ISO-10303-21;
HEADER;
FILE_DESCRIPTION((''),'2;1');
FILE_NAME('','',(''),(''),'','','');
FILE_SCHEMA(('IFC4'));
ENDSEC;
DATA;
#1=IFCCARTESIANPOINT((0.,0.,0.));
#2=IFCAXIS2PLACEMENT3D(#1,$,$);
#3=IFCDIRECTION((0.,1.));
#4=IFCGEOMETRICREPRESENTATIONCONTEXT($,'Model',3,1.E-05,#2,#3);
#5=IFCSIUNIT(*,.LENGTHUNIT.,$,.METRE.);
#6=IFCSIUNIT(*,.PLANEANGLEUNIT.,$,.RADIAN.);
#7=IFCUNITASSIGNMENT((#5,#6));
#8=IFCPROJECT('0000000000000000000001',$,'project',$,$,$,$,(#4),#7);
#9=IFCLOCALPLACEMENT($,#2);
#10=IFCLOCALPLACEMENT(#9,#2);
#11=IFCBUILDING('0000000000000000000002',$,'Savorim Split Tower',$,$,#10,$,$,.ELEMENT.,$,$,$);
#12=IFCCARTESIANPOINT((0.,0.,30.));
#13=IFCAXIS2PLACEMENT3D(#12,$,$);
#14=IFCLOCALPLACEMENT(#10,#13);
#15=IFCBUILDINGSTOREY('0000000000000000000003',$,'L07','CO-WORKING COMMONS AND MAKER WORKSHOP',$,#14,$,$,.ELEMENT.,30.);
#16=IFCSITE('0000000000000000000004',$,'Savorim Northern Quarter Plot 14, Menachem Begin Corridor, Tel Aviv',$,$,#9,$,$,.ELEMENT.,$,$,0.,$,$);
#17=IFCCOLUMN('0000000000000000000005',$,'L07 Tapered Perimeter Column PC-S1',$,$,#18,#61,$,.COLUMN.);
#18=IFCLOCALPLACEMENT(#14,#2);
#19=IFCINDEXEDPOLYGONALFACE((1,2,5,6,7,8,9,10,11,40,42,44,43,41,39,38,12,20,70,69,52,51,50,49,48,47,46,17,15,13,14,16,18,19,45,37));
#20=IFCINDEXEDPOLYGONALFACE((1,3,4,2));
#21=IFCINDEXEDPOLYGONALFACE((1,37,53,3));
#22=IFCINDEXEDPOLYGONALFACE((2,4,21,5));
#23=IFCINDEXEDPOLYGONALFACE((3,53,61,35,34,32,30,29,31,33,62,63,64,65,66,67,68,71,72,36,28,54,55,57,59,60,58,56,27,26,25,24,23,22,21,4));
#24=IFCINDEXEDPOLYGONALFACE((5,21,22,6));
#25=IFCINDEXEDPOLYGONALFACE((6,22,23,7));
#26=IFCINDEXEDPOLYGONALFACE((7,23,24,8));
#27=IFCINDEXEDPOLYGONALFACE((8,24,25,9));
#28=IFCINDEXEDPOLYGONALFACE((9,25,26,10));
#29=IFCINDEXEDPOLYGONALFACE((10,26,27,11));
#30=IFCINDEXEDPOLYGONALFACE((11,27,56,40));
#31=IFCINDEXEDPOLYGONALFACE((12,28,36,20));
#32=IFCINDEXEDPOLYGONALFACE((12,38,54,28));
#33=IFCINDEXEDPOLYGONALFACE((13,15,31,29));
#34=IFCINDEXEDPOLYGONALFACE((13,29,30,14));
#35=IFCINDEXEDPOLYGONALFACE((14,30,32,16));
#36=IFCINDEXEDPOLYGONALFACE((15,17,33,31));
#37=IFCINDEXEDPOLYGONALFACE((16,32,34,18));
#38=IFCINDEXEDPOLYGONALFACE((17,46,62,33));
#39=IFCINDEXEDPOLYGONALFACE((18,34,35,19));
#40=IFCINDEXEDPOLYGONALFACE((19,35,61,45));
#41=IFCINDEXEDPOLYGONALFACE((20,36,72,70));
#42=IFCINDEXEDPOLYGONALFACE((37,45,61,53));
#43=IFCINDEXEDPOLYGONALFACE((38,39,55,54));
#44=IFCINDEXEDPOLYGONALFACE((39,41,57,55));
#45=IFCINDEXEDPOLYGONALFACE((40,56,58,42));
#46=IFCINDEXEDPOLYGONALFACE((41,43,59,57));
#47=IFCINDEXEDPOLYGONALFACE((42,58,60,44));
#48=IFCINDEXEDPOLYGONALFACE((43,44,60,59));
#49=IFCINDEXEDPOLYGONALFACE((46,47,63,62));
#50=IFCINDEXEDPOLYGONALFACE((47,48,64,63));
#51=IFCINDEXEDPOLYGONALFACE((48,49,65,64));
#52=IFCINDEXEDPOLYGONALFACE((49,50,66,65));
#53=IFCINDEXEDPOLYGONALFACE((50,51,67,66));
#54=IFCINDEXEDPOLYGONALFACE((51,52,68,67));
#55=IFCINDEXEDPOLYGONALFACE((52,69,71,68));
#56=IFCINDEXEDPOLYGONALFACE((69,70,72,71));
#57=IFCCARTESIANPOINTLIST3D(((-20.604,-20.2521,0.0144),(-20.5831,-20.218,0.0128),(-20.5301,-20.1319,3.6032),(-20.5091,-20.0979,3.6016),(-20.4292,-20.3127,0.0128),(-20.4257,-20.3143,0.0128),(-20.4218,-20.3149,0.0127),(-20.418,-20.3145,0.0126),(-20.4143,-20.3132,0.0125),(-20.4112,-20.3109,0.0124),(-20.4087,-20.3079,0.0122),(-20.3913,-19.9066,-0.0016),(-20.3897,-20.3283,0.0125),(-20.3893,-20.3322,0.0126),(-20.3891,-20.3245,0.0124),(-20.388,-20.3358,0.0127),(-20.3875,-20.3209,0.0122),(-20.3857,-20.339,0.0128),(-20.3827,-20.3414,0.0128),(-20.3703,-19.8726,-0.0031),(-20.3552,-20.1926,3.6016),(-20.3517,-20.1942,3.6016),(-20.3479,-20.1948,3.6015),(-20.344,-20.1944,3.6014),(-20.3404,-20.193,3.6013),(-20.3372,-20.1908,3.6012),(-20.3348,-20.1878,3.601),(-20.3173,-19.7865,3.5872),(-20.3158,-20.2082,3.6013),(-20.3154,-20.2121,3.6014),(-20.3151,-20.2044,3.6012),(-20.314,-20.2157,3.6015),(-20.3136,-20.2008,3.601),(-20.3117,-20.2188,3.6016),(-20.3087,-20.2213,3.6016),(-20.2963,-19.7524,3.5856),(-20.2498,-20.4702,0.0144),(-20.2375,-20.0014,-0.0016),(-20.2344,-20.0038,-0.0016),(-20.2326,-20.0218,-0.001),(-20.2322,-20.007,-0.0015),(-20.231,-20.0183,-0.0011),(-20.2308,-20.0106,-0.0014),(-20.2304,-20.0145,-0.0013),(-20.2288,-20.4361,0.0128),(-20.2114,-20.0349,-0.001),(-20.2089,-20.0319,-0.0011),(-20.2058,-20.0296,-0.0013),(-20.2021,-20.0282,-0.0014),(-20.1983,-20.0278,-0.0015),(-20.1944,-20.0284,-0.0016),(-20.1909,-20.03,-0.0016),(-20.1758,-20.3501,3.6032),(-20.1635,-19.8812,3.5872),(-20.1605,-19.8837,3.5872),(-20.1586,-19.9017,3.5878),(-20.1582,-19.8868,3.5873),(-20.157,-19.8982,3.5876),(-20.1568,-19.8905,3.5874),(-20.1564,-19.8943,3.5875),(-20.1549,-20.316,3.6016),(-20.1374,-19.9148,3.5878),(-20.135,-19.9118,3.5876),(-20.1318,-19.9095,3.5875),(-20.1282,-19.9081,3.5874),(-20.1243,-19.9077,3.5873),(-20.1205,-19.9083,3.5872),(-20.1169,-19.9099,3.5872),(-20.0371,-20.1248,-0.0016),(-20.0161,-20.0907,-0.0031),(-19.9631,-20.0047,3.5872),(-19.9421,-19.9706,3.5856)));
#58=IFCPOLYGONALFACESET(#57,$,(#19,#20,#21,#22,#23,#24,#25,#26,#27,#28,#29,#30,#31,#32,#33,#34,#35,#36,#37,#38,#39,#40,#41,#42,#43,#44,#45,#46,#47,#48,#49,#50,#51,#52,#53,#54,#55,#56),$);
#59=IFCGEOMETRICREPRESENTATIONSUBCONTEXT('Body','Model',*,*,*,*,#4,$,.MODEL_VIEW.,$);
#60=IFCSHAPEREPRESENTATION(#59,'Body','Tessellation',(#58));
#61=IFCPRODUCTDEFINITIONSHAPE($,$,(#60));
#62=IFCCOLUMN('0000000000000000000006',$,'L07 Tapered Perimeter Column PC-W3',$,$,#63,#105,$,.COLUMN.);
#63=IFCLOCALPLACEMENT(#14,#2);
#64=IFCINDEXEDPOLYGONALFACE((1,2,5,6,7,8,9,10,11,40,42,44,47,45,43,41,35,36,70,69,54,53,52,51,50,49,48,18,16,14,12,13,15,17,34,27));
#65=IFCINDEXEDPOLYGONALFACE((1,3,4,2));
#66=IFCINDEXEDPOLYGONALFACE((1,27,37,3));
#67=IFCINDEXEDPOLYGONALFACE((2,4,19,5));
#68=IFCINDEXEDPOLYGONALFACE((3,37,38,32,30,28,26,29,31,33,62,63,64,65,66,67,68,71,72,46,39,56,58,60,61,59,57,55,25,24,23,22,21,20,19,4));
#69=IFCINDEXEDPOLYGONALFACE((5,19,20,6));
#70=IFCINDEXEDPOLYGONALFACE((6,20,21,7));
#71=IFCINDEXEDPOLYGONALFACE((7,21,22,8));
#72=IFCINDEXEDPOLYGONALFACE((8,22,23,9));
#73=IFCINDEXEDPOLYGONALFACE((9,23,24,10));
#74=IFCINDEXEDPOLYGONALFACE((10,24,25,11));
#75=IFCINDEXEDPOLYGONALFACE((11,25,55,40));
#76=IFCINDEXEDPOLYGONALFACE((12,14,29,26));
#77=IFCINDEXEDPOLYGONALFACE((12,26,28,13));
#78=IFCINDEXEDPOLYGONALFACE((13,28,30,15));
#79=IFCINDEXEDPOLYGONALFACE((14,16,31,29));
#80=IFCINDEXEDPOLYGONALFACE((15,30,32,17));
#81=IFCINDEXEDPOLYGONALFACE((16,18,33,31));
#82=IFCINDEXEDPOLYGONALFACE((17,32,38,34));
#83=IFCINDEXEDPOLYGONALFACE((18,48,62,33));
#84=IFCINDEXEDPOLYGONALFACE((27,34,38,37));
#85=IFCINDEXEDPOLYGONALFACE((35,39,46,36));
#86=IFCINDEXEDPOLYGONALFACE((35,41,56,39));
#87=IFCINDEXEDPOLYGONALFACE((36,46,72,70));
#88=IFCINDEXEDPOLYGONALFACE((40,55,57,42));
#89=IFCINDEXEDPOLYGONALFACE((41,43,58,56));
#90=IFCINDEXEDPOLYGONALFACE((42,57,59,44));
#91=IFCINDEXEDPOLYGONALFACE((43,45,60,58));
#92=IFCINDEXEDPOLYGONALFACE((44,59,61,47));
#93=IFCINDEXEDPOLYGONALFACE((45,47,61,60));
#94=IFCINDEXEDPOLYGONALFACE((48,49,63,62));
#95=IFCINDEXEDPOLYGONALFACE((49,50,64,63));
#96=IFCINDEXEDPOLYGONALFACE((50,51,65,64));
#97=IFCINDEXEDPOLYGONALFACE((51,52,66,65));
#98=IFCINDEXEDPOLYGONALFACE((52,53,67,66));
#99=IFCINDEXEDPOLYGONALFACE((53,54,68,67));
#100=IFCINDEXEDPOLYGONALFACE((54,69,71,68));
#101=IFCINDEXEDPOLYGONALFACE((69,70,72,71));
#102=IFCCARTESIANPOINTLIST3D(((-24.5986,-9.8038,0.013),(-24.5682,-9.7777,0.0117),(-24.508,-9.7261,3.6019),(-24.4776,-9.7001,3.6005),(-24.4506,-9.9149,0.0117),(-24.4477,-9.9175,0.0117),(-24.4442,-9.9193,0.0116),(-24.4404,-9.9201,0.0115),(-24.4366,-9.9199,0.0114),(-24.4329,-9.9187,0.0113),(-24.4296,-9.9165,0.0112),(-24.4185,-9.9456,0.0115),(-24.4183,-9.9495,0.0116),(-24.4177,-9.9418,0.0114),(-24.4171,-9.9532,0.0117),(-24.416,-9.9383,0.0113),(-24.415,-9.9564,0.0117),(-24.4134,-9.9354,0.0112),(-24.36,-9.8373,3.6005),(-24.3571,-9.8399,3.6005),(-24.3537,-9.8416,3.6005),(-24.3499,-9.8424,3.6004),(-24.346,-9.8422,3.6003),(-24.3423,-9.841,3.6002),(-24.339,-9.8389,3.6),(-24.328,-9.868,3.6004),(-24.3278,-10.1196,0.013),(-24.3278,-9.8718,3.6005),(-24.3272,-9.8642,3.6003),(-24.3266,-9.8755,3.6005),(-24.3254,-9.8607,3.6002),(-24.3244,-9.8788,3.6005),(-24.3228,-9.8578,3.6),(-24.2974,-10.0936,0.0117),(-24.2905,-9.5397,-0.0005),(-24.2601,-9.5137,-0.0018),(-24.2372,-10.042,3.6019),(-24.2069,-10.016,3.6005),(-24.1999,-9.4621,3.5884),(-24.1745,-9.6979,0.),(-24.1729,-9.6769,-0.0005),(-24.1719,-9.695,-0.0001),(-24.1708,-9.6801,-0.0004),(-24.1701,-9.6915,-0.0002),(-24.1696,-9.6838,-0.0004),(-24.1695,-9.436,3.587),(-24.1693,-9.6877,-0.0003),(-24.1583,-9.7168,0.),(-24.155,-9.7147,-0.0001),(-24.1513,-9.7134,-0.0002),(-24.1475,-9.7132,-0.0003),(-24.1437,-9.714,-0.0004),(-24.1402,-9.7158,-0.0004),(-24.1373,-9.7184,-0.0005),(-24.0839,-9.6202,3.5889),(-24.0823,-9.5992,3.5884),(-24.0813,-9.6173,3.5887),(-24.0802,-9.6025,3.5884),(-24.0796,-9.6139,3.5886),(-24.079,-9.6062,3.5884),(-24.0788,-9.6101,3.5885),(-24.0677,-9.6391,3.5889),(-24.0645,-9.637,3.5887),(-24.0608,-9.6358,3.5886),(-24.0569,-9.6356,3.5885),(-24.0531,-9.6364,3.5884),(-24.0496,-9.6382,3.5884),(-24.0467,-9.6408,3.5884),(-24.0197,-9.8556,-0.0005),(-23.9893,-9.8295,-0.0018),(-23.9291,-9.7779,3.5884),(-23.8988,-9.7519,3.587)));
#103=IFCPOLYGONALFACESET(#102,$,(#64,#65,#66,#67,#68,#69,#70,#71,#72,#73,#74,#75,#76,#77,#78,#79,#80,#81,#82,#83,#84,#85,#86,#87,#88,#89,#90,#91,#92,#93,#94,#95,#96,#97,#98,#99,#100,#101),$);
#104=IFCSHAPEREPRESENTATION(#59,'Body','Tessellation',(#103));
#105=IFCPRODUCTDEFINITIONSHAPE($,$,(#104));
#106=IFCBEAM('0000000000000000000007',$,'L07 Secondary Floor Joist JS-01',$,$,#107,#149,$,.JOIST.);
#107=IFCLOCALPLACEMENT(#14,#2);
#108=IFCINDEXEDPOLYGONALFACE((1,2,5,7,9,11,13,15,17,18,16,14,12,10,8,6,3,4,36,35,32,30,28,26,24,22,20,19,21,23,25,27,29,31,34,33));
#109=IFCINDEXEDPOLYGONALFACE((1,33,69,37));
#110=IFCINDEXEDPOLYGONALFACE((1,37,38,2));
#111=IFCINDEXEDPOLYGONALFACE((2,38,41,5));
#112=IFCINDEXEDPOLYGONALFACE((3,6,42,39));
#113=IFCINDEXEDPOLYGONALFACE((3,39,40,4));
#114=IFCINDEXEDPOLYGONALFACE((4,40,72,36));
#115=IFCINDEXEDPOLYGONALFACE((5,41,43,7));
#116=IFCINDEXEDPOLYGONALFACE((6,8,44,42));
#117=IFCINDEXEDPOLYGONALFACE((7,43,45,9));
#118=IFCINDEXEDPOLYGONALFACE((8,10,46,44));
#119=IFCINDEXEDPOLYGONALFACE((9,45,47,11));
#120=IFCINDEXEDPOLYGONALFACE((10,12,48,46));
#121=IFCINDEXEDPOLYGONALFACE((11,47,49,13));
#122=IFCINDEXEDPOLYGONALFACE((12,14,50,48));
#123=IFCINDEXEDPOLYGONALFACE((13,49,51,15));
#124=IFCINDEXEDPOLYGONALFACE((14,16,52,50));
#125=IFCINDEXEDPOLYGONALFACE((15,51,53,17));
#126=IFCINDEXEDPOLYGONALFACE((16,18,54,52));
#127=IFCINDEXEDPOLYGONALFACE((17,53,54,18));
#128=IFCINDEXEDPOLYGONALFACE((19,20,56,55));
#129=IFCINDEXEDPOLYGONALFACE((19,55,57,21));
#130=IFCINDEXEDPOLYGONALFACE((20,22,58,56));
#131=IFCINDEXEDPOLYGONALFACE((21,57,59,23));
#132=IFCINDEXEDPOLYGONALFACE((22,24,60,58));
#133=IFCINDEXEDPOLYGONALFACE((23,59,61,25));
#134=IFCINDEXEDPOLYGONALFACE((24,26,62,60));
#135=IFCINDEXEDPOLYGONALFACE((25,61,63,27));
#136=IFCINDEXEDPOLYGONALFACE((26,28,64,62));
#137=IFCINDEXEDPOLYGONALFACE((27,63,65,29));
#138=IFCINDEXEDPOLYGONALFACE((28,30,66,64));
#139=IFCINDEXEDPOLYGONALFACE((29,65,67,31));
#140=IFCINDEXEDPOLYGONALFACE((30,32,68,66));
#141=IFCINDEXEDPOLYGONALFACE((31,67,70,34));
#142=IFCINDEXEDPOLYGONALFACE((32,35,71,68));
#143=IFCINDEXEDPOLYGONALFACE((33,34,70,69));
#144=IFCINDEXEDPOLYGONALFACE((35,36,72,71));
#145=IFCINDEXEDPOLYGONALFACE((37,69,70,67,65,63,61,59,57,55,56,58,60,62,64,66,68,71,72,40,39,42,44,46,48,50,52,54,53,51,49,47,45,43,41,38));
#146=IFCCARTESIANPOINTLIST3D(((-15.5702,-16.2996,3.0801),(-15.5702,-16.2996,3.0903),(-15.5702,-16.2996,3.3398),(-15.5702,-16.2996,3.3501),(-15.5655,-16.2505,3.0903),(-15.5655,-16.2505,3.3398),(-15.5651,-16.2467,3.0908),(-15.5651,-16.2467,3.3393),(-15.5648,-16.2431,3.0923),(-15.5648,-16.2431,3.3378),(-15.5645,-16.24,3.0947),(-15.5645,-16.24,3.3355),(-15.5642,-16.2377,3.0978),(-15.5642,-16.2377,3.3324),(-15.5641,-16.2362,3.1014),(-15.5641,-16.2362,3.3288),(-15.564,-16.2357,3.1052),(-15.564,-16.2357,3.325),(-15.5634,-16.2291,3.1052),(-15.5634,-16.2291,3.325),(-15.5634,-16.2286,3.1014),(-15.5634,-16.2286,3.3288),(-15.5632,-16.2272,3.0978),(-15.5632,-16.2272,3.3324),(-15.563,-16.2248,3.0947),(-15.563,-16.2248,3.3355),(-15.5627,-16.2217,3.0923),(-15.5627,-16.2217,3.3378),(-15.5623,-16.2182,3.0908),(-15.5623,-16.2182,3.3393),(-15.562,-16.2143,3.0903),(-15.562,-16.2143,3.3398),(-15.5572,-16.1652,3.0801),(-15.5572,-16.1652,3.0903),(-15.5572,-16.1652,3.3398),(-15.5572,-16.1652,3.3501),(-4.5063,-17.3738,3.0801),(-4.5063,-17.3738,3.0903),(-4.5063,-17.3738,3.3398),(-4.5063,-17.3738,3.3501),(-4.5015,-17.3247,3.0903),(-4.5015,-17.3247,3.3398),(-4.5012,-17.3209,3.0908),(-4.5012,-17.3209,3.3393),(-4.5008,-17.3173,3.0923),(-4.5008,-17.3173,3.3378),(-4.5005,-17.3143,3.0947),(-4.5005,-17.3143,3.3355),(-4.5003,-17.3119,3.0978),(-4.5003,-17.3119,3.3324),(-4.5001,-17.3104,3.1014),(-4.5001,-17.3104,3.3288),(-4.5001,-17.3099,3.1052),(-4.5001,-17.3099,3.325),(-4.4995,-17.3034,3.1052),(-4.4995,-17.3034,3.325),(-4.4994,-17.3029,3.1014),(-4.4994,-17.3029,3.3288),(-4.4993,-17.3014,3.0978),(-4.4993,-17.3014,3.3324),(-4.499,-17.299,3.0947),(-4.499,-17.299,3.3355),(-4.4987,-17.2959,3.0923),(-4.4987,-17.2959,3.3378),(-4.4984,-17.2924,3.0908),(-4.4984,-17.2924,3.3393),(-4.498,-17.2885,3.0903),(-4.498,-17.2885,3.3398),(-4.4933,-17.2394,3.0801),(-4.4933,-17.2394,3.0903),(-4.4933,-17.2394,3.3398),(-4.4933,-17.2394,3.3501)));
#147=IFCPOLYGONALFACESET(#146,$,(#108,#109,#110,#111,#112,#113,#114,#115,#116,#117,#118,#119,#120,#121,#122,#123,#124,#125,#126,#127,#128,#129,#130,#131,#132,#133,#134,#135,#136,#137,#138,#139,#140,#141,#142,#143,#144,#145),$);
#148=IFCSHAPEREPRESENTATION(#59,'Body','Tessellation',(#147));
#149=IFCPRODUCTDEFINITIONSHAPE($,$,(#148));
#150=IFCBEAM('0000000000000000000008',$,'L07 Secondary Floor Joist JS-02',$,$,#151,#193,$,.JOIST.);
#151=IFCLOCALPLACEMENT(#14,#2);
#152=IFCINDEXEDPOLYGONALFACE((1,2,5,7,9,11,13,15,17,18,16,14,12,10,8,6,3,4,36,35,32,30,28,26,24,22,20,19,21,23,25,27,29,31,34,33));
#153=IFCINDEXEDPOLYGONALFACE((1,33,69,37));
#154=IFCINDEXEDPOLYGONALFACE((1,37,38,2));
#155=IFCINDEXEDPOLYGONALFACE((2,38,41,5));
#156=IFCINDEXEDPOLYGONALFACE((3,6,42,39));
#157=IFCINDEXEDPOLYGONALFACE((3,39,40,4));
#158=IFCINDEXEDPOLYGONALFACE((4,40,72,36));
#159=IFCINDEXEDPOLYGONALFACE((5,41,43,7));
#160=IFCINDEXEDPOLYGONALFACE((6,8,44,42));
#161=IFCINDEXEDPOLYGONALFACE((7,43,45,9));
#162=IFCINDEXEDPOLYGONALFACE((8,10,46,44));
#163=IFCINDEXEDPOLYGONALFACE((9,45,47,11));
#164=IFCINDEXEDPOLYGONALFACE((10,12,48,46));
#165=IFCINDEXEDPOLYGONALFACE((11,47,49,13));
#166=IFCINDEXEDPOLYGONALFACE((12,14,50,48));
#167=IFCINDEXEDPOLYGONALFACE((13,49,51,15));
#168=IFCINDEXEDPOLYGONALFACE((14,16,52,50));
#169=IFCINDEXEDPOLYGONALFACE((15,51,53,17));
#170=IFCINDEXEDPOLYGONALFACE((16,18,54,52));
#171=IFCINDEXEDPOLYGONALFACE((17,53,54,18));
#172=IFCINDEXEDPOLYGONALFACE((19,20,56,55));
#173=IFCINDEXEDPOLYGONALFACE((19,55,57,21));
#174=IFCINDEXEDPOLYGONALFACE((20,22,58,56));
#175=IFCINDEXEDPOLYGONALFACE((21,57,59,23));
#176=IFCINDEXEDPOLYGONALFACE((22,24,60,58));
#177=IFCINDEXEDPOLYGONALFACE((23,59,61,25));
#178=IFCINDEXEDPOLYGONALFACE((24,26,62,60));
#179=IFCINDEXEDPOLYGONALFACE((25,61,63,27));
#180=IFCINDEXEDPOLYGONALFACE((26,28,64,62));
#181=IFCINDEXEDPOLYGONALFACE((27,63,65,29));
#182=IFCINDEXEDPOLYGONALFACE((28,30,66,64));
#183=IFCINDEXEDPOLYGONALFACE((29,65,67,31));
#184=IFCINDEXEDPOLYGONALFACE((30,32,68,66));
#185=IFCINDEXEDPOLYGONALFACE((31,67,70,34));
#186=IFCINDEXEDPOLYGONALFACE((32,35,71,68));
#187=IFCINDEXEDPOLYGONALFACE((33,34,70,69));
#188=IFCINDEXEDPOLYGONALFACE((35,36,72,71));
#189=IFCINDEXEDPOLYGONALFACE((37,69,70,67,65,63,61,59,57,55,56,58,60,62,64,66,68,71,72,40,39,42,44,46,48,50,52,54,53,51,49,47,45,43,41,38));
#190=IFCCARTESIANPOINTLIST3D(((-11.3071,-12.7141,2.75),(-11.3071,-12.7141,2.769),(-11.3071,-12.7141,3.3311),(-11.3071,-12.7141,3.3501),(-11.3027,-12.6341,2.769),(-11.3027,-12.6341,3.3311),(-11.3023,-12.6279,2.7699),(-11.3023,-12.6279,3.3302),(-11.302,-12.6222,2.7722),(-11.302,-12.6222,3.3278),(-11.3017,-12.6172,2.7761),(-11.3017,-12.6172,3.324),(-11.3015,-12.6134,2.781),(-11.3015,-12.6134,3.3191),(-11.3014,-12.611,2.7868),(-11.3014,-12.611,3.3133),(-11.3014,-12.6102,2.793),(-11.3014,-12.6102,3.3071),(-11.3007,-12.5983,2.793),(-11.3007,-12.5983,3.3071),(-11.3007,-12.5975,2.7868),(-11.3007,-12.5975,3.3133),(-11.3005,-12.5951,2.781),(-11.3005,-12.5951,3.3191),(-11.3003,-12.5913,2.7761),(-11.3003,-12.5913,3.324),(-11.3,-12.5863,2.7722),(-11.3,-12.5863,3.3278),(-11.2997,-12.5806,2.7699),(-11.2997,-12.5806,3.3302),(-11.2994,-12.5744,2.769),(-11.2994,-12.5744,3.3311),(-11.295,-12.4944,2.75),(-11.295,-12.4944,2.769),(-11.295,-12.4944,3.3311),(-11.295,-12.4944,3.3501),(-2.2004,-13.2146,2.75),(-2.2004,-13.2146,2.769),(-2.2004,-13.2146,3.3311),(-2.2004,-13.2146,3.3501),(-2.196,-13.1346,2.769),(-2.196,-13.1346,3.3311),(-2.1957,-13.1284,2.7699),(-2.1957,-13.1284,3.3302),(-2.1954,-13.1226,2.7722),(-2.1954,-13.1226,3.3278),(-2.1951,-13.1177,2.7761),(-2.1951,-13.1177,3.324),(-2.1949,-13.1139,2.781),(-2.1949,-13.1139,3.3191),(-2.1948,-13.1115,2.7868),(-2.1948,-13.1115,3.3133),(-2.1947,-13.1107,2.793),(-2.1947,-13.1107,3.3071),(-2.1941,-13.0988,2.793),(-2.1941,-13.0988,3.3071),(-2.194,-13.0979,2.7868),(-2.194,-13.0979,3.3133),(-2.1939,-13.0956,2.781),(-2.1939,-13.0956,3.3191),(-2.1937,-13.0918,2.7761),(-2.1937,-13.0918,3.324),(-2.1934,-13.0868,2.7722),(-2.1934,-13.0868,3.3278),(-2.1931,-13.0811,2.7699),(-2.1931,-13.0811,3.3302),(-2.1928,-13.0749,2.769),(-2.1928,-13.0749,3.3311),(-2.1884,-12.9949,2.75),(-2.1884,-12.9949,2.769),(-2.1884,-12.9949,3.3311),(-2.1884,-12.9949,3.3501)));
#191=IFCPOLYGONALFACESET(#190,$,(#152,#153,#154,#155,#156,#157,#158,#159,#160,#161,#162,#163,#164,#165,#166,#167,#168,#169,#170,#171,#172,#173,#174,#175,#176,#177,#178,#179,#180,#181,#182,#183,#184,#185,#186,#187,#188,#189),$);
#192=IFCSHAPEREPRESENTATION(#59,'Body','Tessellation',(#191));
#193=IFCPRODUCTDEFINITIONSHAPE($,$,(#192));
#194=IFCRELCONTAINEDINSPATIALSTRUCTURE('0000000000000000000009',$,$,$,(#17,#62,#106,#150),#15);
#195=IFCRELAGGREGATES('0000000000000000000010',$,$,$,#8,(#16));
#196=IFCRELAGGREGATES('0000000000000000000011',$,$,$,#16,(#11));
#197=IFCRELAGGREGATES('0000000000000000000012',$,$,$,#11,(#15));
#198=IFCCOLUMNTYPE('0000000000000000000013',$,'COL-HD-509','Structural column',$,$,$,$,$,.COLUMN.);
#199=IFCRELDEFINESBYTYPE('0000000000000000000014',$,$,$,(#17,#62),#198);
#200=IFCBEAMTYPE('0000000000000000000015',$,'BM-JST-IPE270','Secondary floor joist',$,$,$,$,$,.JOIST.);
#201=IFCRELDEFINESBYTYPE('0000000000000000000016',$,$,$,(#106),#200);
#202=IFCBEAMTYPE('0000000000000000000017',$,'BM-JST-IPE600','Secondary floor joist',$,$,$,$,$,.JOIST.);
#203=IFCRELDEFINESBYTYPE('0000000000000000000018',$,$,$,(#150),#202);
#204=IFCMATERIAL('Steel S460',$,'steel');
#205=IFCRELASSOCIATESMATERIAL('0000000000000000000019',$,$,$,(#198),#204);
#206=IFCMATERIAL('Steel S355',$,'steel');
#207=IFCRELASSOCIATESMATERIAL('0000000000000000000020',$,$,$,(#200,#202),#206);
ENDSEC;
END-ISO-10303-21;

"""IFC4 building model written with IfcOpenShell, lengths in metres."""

from ifc_helpers import new_model, si_unit, direction, frame, origin, origin_2d, place, context, subcontext, project, spatial, i_section, extrude, material, material_profile, profile_set, type_object, element, save


model = new_model("IFC4")

# Units and contexts
model_context = context("Model", 3, precision=1e-05, world=origin(), true_north=direction((0.0, 1.0)))
body_context = subcontext(model_context, "Body", "Model", "MODEL_VIEW")
ifc_project = project(units=[si_unit("LENGTHUNIT", "METRE"), si_unit("PLANEANGLEUNIT", "RADIAN")], contexts=[model_context])

# Site, building, storey
site_placement = place(None, origin())
site = spatial("IfcSite", under=ifc_project, at=site_placement, Name="Savorim Northern Quarter Plot 14, Menachem Begin Corridor, Tel Aviv", CompositionType="ELEMENT", RefElevation=0.0)
building_placement = place(site_placement, origin())
building = spatial("IfcBuilding", under=site, at=building_placement, Name="Savorim Split Tower", CompositionType="ELEMENT")
storey_placement = place(building_placement, frame((0.0, 0.0, 30.0)))
storey = spatial("IfcBuildingStorey", under=building, at=storey_placement, Name="L07", Description="CO-WORKING COMMONS AND MAKER WORKSHOP", CompositionType="ELEMENT", Elevation=30.0)

# Columns
ifc_material_1 = material(Name="Steel S460", Category="steel")
ifc_material_profile_1 = material_profile(ifc_material_1, i_section(OverallWidth=0.416, OverallDepth=0.446, WebThickness=0.0249, FlangeThickness=0.04, FilletRadius=0.0149, at=origin_2d()), Name="HD 400x509")
ifc_profile_set_1 = profile_set([ifc_material_profile_1], Name="Steel S460")
column_type = type_object("IfcColumnType", Name="COL-HD-509", Description="Structural column", PredefinedType="COLUMN", material=ifc_profile_set_1)
column_1_placement = place(storey_placement, frame((-20.3101, -20.1714, 0.0056), z_axis=(0.020596, 0.033444, 0.999228), x_axis=(-0.85148, 0.524387, 0.0)))
element("IfcColumn", 1, at=column_1_placement, inside=storey, type_object=column_type, Name="L07 Tapered Perimeter Column PC-S1", PredefinedType="COLUMN", context=body_context, shape_type="SweptSolid", body=[
    extrude(i_section(OverallWidth=0.416, OverallDepth=0.446, WebThickness=0.0249, FlangeThickness=0.04, FilletRadius=0.0149, at=origin_2d()), origin(), (0.0, 0.0, 1.0), 3.5916),
])
column_2_placement = place(storey_placement, frame((-24.2939, -9.8167, 0.0056), z_axis=(0.025224, 0.021621, 0.999448), x_axis=(-0.650791, 0.759257, 0.0)))
element("IfcColumn", 2, at=column_2_placement, inside=storey, type_object=column_type, Name="L07 Tapered Perimeter Column PC-W3", PredefinedType="COLUMN", context=body_context, shape_type="SweptSolid", body=[
    extrude(i_section(OverallWidth=0.416, OverallDepth=0.446, WebThickness=0.0249, FlangeThickness=0.04, FilletRadius=0.0149, at=origin_2d()), origin(), (0.0, 0.0, 1.0), 3.5908),
])

# Beams
ifc_material_2 = material(Name="Steel S355", Category="steel")
ifc_material_profile_2 = material_profile(ifc_material_2, i_section(OverallWidth=0.135, OverallDepth=0.27, WebThickness=0.0066, FlangeThickness=0.0103, FilletRadius=0.0149, at=origin_2d()), Name="IPE 270")
ifc_profile_set_2 = profile_set([ifc_material_profile_2], Name="Steel S355")
beam_type_1 = type_object("IfcBeamType", Name="BM-JST-IPE270", Description="Secondary floor joist", PredefinedType="JOIST", material=ifc_profile_set_2)
beam_1_placement = place(storey_placement, frame((-15.5637, -16.2324, 3.2151), z_axis=(0.99532, -0.096637, 0.0), x_axis=(0.096637, 0.99532, 0.0)))
element("IfcBeam", 3, at=beam_1_placement, inside=storey, type_object=beam_type_1, Name="L07 Secondary Floor Joist JS-01", PredefinedType="JOIST", context=body_context, shape_type="SweptSolid", body=[
    extrude(i_section(OverallWidth=0.135, OverallDepth=0.27, WebThickness=0.0066, FlangeThickness=0.0103, FilletRadius=0.0149, at=origin_2d()), origin(), (0.0, 0.0, 1.0), 11.116),
])
ifc_material_profile_3 = material_profile(ifc_material_2, i_section(OverallWidth=0.22, OverallDepth=0.6001, WebThickness=0.012, FlangeThickness=0.019, FilletRadius=0.0239, at=origin_2d()), Name="IPE 600")
ifc_profile_set_3 = profile_set([ifc_material_profile_3], Name="Steel S355")
beam_type_2 = type_object("IfcBeamType", Name="BM-JST-IPE600", Description="Secondary floor joist", PredefinedType="JOIST", material=ifc_profile_set_3)
beam_2_placement = place(storey_placement, frame((-11.301, -12.6042, 3.05), z_axis=(0.998493, -0.054876, 0.0), x_axis=(0.054876, 0.998493, 0.0)))
element("IfcBeam", 4, at=beam_2_placement, inside=storey, type_object=beam_type_2, Name="L07 Secondary Floor Joist JS-02", PredefinedType="JOIST", context=body_context, shape_type="SweptSolid", body=[
    extrude(i_section(OverallWidth=0.22, OverallDepth=0.6001, WebThickness=0.012, FlangeThickness=0.019, FilletRadius=0.0239, at=origin_2d()), origin(), (0.0, 0.0, 1.0), 9.1204),
])

save(model, "model.ifc")
